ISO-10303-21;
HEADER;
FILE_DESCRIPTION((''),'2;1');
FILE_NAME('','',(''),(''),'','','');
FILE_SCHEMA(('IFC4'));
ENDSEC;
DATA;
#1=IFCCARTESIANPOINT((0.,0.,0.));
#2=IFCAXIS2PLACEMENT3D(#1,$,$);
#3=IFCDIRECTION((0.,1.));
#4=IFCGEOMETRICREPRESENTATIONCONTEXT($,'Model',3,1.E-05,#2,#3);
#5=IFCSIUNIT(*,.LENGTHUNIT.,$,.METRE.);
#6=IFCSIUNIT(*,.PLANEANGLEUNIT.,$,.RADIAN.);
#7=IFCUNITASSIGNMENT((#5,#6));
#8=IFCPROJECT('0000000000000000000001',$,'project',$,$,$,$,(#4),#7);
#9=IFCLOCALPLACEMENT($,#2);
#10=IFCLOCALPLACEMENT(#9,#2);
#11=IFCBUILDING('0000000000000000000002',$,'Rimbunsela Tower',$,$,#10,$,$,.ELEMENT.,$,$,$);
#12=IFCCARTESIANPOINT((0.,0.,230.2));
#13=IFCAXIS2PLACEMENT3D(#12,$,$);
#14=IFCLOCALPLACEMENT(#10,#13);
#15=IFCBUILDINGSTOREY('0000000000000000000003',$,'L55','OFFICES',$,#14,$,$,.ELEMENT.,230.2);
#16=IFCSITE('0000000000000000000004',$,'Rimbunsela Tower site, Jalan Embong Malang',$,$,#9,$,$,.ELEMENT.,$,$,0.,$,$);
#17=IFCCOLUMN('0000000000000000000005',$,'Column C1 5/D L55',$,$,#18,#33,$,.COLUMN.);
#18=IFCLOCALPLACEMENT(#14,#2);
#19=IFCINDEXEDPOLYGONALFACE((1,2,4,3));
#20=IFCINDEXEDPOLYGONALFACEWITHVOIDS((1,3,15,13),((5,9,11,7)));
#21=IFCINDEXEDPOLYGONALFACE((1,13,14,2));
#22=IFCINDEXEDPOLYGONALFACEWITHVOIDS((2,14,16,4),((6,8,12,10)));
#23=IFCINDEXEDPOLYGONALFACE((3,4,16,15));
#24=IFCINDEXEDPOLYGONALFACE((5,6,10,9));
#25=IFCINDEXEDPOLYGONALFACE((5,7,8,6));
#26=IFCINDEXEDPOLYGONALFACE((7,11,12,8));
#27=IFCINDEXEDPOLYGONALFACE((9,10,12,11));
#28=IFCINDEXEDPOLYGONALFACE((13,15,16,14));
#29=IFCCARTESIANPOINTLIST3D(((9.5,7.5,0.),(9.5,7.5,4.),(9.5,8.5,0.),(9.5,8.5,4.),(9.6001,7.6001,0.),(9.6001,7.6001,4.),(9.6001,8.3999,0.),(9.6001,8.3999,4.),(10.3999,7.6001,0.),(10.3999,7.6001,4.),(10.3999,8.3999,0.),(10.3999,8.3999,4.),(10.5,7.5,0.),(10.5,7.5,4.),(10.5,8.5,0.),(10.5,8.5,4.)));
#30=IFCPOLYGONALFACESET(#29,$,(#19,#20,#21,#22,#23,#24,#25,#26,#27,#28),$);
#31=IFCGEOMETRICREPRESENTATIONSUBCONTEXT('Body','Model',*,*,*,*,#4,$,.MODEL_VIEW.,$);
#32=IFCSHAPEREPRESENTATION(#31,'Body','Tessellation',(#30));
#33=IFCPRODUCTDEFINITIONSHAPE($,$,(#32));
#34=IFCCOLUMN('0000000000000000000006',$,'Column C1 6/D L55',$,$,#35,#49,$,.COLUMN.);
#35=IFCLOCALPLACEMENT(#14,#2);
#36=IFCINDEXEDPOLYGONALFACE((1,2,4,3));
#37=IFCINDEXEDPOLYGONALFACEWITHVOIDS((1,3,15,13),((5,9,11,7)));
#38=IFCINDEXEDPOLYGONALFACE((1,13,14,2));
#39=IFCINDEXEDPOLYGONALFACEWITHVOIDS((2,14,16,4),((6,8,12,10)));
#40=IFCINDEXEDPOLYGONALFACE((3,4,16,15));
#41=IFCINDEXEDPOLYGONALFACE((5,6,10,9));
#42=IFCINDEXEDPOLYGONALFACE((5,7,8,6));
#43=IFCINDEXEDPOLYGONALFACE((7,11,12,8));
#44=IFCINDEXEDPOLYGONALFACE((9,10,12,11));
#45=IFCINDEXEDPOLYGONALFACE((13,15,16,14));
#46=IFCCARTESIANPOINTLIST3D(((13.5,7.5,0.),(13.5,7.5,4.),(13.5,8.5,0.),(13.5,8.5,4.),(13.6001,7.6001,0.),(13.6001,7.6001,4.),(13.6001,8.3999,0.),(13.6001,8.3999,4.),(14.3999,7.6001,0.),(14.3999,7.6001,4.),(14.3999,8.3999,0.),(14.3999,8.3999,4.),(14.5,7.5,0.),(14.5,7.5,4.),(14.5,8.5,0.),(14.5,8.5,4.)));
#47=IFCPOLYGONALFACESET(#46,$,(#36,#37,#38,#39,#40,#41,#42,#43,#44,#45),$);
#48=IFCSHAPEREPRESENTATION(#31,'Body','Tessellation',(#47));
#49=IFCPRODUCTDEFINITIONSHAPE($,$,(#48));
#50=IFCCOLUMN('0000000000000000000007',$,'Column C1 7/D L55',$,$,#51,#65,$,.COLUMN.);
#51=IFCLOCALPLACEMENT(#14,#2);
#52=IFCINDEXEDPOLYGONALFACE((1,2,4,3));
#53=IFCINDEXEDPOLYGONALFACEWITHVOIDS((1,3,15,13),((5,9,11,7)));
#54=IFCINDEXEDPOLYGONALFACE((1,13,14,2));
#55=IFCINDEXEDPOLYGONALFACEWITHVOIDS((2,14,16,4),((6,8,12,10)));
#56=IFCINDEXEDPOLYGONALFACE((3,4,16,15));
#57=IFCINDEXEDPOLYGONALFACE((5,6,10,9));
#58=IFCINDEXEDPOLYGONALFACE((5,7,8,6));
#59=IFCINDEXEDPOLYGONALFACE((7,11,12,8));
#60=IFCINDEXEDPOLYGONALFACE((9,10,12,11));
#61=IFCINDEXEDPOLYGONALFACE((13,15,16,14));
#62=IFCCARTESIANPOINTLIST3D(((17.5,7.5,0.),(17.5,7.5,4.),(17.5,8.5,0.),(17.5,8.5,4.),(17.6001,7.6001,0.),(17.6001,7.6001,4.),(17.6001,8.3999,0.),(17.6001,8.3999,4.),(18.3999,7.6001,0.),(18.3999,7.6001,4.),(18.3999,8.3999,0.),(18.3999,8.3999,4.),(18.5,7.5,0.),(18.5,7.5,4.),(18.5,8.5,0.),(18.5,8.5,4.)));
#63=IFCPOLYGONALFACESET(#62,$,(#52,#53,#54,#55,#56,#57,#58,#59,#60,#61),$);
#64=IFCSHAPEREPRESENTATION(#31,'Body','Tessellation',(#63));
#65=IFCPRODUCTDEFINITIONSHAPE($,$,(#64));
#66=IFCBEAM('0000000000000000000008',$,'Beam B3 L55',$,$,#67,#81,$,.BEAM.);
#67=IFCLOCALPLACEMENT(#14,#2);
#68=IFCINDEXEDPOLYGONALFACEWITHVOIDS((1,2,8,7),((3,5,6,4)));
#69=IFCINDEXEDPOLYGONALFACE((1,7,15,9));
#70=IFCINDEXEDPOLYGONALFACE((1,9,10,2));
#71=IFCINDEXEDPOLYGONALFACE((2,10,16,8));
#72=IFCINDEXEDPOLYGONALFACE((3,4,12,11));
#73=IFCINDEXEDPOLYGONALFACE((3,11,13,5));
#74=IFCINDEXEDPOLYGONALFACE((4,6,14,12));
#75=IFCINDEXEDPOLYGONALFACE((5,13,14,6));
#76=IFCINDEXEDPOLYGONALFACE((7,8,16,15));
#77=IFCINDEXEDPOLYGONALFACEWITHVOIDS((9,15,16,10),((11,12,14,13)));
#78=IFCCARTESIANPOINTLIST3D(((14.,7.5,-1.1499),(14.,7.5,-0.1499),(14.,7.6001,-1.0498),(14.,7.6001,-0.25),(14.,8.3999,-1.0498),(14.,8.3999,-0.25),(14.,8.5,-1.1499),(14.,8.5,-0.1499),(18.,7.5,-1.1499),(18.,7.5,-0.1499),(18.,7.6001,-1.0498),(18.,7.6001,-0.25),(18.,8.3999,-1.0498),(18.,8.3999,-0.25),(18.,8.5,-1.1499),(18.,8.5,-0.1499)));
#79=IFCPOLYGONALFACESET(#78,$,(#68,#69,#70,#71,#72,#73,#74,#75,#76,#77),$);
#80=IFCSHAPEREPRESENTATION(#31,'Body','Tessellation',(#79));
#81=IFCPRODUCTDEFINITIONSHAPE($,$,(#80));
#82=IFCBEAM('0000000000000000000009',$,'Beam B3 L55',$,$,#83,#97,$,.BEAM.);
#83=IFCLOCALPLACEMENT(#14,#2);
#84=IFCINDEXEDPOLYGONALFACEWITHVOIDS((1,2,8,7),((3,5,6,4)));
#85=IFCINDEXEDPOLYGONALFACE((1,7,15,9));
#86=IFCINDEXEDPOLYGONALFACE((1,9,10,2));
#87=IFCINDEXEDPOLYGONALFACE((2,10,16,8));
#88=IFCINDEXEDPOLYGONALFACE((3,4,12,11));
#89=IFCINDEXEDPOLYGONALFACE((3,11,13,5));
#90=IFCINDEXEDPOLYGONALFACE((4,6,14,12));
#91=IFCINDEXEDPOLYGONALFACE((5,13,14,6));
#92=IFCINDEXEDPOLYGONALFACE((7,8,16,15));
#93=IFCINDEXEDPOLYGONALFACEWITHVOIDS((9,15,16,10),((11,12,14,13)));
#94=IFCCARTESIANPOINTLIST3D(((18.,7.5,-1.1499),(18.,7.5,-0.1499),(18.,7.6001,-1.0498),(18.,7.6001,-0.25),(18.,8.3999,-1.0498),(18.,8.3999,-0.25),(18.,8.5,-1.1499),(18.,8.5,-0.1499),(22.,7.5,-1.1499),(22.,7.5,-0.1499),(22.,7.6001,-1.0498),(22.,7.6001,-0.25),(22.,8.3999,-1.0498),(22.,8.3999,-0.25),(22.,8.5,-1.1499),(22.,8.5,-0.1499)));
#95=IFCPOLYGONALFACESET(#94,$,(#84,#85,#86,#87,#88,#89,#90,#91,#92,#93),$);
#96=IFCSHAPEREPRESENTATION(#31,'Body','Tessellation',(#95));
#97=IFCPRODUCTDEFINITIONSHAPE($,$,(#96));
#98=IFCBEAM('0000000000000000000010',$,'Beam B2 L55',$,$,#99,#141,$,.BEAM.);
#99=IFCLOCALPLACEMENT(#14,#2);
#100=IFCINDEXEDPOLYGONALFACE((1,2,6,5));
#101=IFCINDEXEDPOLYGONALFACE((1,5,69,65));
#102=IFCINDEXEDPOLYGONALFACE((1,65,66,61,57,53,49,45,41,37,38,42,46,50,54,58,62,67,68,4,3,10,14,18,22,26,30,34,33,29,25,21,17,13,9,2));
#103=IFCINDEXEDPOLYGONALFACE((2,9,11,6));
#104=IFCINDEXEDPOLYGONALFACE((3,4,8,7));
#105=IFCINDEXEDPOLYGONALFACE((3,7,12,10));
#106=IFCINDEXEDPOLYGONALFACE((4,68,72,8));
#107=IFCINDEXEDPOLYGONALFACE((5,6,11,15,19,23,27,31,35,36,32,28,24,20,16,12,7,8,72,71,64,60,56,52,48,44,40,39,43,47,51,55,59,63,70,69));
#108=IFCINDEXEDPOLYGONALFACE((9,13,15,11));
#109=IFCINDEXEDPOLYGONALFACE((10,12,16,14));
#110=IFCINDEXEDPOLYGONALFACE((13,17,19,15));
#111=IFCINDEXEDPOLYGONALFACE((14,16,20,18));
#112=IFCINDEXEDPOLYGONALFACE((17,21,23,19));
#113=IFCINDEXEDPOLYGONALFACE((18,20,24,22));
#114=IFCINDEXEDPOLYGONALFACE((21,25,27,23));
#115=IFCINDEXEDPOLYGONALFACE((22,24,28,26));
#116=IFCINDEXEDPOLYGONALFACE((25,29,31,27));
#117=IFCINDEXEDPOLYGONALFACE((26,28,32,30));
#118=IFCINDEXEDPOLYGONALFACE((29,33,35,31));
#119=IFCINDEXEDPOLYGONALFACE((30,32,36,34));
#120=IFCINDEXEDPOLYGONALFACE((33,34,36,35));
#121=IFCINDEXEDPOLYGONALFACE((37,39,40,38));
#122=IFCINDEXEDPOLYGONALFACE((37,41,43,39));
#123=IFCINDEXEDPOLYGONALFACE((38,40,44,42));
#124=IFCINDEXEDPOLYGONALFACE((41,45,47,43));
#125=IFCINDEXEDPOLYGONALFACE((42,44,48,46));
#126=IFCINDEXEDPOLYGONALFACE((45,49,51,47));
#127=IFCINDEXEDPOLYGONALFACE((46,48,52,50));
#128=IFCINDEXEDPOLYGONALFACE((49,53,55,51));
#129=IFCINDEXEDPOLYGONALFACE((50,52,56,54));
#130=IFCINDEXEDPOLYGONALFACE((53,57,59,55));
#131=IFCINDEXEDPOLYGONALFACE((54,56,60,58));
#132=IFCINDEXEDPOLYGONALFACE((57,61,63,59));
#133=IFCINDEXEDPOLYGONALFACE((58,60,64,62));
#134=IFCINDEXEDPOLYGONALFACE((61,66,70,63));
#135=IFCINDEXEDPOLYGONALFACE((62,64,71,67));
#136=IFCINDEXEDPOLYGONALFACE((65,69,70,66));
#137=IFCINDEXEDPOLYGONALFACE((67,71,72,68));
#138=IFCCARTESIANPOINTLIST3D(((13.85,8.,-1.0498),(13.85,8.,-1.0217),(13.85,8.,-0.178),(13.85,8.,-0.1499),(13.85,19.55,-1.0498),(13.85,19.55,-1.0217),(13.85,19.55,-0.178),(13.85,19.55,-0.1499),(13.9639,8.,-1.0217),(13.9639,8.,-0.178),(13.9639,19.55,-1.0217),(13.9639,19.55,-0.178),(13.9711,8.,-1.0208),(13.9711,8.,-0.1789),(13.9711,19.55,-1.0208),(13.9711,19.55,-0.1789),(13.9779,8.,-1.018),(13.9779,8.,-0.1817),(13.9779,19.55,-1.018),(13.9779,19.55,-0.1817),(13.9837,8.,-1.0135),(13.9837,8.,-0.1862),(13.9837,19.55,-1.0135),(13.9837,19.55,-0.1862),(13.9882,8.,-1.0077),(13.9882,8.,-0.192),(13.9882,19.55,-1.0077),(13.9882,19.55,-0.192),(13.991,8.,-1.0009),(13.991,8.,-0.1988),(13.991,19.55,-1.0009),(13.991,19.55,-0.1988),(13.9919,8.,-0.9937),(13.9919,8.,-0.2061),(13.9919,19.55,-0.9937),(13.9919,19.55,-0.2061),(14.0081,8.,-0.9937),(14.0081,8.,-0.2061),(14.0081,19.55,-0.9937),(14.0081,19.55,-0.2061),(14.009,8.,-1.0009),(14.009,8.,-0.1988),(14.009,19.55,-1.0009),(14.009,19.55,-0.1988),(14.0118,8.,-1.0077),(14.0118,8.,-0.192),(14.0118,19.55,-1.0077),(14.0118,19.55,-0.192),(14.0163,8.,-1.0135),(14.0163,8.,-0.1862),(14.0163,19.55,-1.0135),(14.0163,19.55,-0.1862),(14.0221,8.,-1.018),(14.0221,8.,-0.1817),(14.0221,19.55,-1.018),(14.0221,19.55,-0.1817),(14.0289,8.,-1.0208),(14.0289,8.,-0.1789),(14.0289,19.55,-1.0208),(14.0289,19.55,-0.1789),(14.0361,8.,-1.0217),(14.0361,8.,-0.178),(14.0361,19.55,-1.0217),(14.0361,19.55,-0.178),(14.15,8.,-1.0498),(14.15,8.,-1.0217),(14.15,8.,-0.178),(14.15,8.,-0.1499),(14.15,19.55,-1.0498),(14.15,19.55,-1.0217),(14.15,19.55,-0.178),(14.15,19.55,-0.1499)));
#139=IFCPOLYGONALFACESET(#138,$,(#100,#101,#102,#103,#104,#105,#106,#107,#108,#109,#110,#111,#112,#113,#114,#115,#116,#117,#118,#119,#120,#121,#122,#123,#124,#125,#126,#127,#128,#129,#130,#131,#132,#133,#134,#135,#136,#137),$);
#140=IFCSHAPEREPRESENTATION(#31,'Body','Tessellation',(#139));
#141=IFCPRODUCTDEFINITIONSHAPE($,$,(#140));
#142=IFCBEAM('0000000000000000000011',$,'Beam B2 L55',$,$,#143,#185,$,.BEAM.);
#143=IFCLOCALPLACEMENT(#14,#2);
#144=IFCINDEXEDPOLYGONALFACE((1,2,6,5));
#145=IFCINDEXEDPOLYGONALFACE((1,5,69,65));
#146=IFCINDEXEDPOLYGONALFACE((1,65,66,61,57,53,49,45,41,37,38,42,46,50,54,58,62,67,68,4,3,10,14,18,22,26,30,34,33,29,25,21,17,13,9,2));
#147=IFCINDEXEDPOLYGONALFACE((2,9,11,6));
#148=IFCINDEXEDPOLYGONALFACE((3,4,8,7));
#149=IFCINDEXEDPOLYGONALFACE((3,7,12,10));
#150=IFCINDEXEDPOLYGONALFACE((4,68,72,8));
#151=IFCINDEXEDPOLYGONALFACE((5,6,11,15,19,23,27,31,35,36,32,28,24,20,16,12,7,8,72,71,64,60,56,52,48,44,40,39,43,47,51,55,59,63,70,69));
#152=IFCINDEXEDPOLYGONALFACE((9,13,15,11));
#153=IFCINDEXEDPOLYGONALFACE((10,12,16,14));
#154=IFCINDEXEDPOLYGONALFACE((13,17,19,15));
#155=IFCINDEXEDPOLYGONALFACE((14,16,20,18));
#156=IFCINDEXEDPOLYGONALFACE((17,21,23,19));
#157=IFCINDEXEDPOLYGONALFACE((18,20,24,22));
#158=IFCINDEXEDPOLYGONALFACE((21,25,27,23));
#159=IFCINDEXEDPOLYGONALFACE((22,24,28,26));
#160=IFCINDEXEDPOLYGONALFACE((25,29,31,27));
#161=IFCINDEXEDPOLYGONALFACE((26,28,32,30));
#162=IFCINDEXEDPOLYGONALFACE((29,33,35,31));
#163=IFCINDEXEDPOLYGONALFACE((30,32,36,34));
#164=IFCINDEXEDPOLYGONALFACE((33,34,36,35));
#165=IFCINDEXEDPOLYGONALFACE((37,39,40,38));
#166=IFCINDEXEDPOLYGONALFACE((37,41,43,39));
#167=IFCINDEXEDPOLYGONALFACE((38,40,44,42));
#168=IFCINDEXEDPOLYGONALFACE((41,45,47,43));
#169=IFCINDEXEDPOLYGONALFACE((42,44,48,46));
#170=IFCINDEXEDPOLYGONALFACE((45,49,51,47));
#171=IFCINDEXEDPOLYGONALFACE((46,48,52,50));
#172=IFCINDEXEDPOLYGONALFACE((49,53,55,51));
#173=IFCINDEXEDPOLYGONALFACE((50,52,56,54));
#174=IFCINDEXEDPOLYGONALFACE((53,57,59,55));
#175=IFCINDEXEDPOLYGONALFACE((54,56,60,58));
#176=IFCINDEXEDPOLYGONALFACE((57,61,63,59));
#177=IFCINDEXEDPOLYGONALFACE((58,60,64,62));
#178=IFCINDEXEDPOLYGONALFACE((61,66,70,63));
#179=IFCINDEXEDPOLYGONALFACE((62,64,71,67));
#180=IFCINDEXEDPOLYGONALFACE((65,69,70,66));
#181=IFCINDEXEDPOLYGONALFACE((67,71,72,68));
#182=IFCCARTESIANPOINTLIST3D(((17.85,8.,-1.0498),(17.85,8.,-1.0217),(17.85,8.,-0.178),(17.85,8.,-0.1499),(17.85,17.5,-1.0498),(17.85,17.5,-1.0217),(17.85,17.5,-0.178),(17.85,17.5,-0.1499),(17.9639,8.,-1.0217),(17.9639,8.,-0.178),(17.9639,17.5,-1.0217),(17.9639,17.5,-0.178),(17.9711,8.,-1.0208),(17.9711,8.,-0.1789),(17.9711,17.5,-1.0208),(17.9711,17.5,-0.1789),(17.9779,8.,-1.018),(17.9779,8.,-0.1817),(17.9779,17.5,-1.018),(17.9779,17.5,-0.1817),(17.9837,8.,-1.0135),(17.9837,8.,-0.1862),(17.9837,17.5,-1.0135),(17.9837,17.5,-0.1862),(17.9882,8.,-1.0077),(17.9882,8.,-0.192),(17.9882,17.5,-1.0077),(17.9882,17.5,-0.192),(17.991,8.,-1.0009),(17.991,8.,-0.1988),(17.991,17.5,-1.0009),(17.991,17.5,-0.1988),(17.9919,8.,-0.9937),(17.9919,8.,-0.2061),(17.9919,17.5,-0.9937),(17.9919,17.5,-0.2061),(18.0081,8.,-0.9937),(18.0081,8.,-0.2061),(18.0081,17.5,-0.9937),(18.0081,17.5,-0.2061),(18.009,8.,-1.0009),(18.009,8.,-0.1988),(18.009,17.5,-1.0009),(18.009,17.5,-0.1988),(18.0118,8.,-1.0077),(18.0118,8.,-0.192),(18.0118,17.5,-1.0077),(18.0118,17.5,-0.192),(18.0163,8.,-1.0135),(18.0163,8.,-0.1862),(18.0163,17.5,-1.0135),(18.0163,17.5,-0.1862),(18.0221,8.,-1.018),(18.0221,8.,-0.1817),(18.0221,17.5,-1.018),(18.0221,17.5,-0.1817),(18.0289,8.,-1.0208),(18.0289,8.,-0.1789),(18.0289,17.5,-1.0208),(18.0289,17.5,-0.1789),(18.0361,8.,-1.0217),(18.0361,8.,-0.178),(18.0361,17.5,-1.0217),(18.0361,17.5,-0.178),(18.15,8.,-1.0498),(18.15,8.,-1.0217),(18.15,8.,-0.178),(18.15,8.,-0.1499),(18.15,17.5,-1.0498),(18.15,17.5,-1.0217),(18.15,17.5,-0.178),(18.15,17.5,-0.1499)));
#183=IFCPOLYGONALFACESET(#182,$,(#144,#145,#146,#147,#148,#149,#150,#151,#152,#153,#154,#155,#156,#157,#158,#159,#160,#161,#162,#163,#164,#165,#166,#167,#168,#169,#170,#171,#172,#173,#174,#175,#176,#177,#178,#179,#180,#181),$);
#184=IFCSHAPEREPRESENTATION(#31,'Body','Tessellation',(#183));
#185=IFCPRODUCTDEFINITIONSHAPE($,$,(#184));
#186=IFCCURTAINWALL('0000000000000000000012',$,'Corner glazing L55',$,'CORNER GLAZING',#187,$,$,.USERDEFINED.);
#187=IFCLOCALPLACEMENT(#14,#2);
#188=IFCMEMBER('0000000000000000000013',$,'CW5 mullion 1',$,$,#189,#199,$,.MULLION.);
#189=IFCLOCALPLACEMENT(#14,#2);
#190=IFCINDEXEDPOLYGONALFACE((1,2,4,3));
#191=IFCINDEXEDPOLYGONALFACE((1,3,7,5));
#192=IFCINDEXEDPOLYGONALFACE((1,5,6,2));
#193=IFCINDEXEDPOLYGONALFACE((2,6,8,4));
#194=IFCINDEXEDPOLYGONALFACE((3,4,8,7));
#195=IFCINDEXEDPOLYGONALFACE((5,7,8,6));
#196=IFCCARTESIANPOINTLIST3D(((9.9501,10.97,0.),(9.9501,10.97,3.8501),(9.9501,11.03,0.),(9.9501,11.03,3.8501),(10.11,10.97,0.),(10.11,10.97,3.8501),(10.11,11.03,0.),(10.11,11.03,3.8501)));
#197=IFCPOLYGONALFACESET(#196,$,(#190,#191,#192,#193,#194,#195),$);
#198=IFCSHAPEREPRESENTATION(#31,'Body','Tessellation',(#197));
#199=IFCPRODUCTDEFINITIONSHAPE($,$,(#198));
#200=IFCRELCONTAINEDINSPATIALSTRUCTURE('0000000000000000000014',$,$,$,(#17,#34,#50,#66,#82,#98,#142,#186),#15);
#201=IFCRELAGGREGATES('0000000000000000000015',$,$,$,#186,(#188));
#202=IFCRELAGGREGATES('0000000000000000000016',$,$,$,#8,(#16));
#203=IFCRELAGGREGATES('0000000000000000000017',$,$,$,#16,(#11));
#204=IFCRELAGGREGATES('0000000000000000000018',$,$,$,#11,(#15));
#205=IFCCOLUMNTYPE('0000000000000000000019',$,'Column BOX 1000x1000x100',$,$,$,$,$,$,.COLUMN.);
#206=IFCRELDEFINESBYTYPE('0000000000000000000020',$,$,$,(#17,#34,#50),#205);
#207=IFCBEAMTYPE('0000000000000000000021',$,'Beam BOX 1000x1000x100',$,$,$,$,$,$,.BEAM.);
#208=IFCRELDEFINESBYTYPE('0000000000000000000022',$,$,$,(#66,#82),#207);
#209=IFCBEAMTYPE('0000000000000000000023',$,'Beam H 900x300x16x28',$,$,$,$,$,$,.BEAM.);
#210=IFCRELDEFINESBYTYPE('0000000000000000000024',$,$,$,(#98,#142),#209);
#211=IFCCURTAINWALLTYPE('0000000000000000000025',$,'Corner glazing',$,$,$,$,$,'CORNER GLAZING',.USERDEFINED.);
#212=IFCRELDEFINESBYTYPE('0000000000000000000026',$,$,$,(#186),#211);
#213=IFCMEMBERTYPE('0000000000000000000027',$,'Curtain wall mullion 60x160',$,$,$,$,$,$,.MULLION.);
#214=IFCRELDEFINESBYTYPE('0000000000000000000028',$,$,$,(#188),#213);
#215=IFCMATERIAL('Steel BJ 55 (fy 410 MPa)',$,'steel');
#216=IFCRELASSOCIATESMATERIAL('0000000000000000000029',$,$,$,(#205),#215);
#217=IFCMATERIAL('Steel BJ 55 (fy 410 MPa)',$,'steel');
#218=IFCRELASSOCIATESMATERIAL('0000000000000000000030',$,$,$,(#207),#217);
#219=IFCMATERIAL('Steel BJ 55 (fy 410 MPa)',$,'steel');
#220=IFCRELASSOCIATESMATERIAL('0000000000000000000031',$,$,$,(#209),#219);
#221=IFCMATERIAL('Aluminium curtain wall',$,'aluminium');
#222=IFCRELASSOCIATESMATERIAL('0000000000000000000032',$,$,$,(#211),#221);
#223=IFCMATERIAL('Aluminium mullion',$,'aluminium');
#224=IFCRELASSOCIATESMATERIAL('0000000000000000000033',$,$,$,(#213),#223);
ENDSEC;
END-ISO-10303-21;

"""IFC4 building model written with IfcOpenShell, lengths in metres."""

from ifc_helpers import new_model, si_unit, direction, frame, origin, origin_2d, place, context, subcontext, project, spatial, rectangle, hollow_rectangle, i_section, extrude, material, material_profile, profile_set, type_object, element, aggregate, save


model = new_model("IFC4")

# Units and contexts
model_context = context("Model", 3, precision=1e-05, world=origin(), true_north=direction((0.0, 1.0)))
body_context = subcontext(model_context, "Body", "Model", "MODEL_VIEW")
ifc_project = project(units=[si_unit("LENGTHUNIT", "METRE"), si_unit("PLANEANGLEUNIT", "RADIAN")], contexts=[model_context])

# Site, building, storey
site_placement = place(None, origin())
site = spatial("IfcSite", under=ifc_project, at=site_placement, Name="Rimbunsela Tower site, Jalan Embong Malang", CompositionType="ELEMENT", RefElevation=0.0)
building_placement = place(site_placement, origin())
building = spatial("IfcBuilding", under=site, at=building_placement, Name="Rimbunsela Tower", CompositionType="ELEMENT")
storey_placement = place(building_placement, frame((0.0, 0.0, 230.2)))
storey = spatial("IfcBuildingStorey", under=building, at=storey_placement, Name="L55", Description="OFFICES", CompositionType="ELEMENT", Elevation=230.2)

# Columns
ifc_material_1 = material(Name="Steel BJ 55 (fy 410 MPa)", Category="steel")
ifc_material_profile_1 = material_profile(ifc_material_1, hollow_rectangle(XDim=1.0, YDim=1.0, WallThickness=0.1001, at=origin_2d()), Name="BOX 1000x1000x100")
ifc_profile_set_1 = profile_set([ifc_material_profile_1], Name="Steel BJ 55 (fy 410 MPa)")
column_type = type_object("IfcColumnType", Name="Column BOX 1000x1000x100", PredefinedType="COLUMN", material=ifc_profile_set_1)
for number, where, z_axis, x_axis, name in (
    (1, (10.0, 8.0, 0.0), (0.0, 0.0, 1.0), (1.0, 0.0, 0.0), "Column C1 5/D L55"),
    (2, (14.0, 8.0, 0.0), (0.0, 0.0, 1.0), (1.0, 0.0, 0.0), "Column C1 6/D L55"),
    (3, (18.0, 8.0, 0.0), (0.0, 0.0, 1.0), (1.0, 0.0, 0.0), "Column C1 7/D L55"),
):
    element("IfcColumn", number, at=place(storey_placement, frame(where, z_axis=z_axis, x_axis=x_axis)), inside=storey, type_object=column_type, Name=name, PredefinedType="COLUMN", context=body_context, shape_type="SweptSolid", body=[
        extrude(hollow_rectangle(XDim=1.0, YDim=1.0, WallThickness=0.1001, at=origin_2d()), origin(), (0.0, 0.0, 1.0), 4.0),
    ])

# Beams
ifc_material_2 = material(Name="Steel BJ 55 (fy 410 MPa)", Category="steel")
ifc_material_profile_2 = material_profile(ifc_material_2, hollow_rectangle(XDim=1.0, YDim=1.0, WallThickness=0.1001, at=origin_2d()), Name="BOX 1000x1000x100")
ifc_profile_set_2 = profile_set([ifc_material_profile_2], Name="Steel BJ 55 (fy 410 MPa)")
beam_type_1 = type_object("IfcBeamType", Name="Beam BOX 1000x1000x100", PredefinedType="BEAM", material=ifc_profile_set_2)
for number, where, z_axis, x_axis, name in (
    (4, (14.0, 8.0, -0.6499), (1.0, 0.0, 0.0), (0.0, 1.0, 0.0), "Beam B3 L55"),
    (5, (18.0, 8.0, -0.6499), (1.0, 0.0, 0.0), (0.0, 1.0, 0.0), "Beam B3 L55"),
):
    element("IfcBeam", number, at=place(storey_placement, frame(where, z_axis=z_axis, x_axis=x_axis)), inside=storey, type_object=beam_type_1, Name=name, PredefinedType="BEAM", context=body_context, shape_type="SweptSolid", body=[
        extrude(hollow_rectangle(XDim=1.0, YDim=1.0, WallThickness=0.1001, at=origin_2d()), origin(), (0.0, 0.0, 1.0), 4.0),
    ])
ifc_material_3 = material(Name="Steel BJ 55 (fy 410 MPa)", Category="steel")
ifc_material_profile_3 = material_profile(ifc_material_3, i_section(OverallWidth=0.3, OverallDepth=0.8999, WebThickness=0.0161, FlangeThickness=0.0281, FilletRadius=0.0281, at=origin_2d()), Name="H 900x300x16x28")
ifc_profile_set_3 = profile_set([ifc_material_profile_3], Name="Steel BJ 55 (fy 410 MPa)")
beam_type_2 = type_object("IfcBeamType", Name="Beam H 900x300x16x28", PredefinedType="BEAM", material=ifc_profile_set_3)
beam_1_placement = place(storey_placement, frame((14.0, 8.0, -0.5999), z_axis=(0.0, 1.0, 0.0), x_axis=(-1.0, 0.0, 0.0)))
element("IfcBeam", 6, at=beam_1_placement, inside=storey, type_object=beam_type_2, Name="Beam B2 L55", PredefinedType="BEAM", context=body_context, shape_type="SweptSolid", body=[
    extrude(i_section(OverallWidth=0.3, OverallDepth=0.8999, WebThickness=0.0161, FlangeThickness=0.0281, FilletRadius=0.0281, at=origin_2d()), origin(), (0.0, 0.0, 1.0), 11.55),
])
beam_2_placement = place(storey_placement, frame((18.0, 8.0, -0.5999), z_axis=(0.0, 1.0, 0.0), x_axis=(-1.0, 0.0, 0.0)))
element("IfcBeam", 7, at=beam_2_placement, inside=storey, type_object=beam_type_2, Name="Beam B2 L55", PredefinedType="BEAM", context=body_context, shape_type="SweptSolid", body=[
    extrude(i_section(OverallWidth=0.3, OverallDepth=0.8999, WebThickness=0.0161, FlangeThickness=0.0281, FilletRadius=0.0281, at=origin_2d()), origin(), (0.0, 0.0, 1.0), 9.5),
])

# Curtain wall, member
ifc_material_4 = material(Name="Aluminium curtain wall", Category="aluminium")
curtain_wall_type = type_object("IfcCurtainWallType", Name="Corner glazing", ElementType="CORNER GLAZING", PredefinedType="USERDEFINED", material=ifc_material_4)
curtain_wall_1_placement = place(storey_placement, origin())
curtain_wall_1 = element("IfcCurtainWall", 8, at=curtain_wall_1_placement, inside=storey, type_object=curtain_wall_type, Name="Corner glazing L55", ObjectType="CORNER GLAZING", PredefinedType="USERDEFINED")
ifc_material_5 = material(Name="Aluminium mullion", Category="aluminium")
ifc_material_profile_4 = material_profile(ifc_material_5, rectangle(XDim=0.0601, YDim=0.1599, at=origin_2d()), Name="Mullion 60x160")
ifc_profile_set_4 = profile_set([ifc_material_profile_4], Name="Aluminium mullion")
member_type_1 = type_object("IfcMemberType", Name="Curtain wall mullion 60x160", PredefinedType="MULLION", material=ifc_profile_set_4)
member_1_placement = place(storey_placement, frame((10.03, 11.0, 0.0), z_axis=(0.0, 0.0, 1.0), x_axis=(0.0, 1.0, 0.0)))
member_1 = element("IfcMember", 9, at=member_1_placement, type_object=member_type_1, Name="CW5 mullion 1", PredefinedType="MULLION", context=body_context, shape_type="SweptSolid", body=[
    extrude(rectangle(XDim=0.0601, YDim=0.1599, at=origin_2d()), origin(), (0.0, 0.0, 1.0), 3.8501),
])

aggregate(curtain_wall_1, [member_1])

save(model, "model.ifc")
